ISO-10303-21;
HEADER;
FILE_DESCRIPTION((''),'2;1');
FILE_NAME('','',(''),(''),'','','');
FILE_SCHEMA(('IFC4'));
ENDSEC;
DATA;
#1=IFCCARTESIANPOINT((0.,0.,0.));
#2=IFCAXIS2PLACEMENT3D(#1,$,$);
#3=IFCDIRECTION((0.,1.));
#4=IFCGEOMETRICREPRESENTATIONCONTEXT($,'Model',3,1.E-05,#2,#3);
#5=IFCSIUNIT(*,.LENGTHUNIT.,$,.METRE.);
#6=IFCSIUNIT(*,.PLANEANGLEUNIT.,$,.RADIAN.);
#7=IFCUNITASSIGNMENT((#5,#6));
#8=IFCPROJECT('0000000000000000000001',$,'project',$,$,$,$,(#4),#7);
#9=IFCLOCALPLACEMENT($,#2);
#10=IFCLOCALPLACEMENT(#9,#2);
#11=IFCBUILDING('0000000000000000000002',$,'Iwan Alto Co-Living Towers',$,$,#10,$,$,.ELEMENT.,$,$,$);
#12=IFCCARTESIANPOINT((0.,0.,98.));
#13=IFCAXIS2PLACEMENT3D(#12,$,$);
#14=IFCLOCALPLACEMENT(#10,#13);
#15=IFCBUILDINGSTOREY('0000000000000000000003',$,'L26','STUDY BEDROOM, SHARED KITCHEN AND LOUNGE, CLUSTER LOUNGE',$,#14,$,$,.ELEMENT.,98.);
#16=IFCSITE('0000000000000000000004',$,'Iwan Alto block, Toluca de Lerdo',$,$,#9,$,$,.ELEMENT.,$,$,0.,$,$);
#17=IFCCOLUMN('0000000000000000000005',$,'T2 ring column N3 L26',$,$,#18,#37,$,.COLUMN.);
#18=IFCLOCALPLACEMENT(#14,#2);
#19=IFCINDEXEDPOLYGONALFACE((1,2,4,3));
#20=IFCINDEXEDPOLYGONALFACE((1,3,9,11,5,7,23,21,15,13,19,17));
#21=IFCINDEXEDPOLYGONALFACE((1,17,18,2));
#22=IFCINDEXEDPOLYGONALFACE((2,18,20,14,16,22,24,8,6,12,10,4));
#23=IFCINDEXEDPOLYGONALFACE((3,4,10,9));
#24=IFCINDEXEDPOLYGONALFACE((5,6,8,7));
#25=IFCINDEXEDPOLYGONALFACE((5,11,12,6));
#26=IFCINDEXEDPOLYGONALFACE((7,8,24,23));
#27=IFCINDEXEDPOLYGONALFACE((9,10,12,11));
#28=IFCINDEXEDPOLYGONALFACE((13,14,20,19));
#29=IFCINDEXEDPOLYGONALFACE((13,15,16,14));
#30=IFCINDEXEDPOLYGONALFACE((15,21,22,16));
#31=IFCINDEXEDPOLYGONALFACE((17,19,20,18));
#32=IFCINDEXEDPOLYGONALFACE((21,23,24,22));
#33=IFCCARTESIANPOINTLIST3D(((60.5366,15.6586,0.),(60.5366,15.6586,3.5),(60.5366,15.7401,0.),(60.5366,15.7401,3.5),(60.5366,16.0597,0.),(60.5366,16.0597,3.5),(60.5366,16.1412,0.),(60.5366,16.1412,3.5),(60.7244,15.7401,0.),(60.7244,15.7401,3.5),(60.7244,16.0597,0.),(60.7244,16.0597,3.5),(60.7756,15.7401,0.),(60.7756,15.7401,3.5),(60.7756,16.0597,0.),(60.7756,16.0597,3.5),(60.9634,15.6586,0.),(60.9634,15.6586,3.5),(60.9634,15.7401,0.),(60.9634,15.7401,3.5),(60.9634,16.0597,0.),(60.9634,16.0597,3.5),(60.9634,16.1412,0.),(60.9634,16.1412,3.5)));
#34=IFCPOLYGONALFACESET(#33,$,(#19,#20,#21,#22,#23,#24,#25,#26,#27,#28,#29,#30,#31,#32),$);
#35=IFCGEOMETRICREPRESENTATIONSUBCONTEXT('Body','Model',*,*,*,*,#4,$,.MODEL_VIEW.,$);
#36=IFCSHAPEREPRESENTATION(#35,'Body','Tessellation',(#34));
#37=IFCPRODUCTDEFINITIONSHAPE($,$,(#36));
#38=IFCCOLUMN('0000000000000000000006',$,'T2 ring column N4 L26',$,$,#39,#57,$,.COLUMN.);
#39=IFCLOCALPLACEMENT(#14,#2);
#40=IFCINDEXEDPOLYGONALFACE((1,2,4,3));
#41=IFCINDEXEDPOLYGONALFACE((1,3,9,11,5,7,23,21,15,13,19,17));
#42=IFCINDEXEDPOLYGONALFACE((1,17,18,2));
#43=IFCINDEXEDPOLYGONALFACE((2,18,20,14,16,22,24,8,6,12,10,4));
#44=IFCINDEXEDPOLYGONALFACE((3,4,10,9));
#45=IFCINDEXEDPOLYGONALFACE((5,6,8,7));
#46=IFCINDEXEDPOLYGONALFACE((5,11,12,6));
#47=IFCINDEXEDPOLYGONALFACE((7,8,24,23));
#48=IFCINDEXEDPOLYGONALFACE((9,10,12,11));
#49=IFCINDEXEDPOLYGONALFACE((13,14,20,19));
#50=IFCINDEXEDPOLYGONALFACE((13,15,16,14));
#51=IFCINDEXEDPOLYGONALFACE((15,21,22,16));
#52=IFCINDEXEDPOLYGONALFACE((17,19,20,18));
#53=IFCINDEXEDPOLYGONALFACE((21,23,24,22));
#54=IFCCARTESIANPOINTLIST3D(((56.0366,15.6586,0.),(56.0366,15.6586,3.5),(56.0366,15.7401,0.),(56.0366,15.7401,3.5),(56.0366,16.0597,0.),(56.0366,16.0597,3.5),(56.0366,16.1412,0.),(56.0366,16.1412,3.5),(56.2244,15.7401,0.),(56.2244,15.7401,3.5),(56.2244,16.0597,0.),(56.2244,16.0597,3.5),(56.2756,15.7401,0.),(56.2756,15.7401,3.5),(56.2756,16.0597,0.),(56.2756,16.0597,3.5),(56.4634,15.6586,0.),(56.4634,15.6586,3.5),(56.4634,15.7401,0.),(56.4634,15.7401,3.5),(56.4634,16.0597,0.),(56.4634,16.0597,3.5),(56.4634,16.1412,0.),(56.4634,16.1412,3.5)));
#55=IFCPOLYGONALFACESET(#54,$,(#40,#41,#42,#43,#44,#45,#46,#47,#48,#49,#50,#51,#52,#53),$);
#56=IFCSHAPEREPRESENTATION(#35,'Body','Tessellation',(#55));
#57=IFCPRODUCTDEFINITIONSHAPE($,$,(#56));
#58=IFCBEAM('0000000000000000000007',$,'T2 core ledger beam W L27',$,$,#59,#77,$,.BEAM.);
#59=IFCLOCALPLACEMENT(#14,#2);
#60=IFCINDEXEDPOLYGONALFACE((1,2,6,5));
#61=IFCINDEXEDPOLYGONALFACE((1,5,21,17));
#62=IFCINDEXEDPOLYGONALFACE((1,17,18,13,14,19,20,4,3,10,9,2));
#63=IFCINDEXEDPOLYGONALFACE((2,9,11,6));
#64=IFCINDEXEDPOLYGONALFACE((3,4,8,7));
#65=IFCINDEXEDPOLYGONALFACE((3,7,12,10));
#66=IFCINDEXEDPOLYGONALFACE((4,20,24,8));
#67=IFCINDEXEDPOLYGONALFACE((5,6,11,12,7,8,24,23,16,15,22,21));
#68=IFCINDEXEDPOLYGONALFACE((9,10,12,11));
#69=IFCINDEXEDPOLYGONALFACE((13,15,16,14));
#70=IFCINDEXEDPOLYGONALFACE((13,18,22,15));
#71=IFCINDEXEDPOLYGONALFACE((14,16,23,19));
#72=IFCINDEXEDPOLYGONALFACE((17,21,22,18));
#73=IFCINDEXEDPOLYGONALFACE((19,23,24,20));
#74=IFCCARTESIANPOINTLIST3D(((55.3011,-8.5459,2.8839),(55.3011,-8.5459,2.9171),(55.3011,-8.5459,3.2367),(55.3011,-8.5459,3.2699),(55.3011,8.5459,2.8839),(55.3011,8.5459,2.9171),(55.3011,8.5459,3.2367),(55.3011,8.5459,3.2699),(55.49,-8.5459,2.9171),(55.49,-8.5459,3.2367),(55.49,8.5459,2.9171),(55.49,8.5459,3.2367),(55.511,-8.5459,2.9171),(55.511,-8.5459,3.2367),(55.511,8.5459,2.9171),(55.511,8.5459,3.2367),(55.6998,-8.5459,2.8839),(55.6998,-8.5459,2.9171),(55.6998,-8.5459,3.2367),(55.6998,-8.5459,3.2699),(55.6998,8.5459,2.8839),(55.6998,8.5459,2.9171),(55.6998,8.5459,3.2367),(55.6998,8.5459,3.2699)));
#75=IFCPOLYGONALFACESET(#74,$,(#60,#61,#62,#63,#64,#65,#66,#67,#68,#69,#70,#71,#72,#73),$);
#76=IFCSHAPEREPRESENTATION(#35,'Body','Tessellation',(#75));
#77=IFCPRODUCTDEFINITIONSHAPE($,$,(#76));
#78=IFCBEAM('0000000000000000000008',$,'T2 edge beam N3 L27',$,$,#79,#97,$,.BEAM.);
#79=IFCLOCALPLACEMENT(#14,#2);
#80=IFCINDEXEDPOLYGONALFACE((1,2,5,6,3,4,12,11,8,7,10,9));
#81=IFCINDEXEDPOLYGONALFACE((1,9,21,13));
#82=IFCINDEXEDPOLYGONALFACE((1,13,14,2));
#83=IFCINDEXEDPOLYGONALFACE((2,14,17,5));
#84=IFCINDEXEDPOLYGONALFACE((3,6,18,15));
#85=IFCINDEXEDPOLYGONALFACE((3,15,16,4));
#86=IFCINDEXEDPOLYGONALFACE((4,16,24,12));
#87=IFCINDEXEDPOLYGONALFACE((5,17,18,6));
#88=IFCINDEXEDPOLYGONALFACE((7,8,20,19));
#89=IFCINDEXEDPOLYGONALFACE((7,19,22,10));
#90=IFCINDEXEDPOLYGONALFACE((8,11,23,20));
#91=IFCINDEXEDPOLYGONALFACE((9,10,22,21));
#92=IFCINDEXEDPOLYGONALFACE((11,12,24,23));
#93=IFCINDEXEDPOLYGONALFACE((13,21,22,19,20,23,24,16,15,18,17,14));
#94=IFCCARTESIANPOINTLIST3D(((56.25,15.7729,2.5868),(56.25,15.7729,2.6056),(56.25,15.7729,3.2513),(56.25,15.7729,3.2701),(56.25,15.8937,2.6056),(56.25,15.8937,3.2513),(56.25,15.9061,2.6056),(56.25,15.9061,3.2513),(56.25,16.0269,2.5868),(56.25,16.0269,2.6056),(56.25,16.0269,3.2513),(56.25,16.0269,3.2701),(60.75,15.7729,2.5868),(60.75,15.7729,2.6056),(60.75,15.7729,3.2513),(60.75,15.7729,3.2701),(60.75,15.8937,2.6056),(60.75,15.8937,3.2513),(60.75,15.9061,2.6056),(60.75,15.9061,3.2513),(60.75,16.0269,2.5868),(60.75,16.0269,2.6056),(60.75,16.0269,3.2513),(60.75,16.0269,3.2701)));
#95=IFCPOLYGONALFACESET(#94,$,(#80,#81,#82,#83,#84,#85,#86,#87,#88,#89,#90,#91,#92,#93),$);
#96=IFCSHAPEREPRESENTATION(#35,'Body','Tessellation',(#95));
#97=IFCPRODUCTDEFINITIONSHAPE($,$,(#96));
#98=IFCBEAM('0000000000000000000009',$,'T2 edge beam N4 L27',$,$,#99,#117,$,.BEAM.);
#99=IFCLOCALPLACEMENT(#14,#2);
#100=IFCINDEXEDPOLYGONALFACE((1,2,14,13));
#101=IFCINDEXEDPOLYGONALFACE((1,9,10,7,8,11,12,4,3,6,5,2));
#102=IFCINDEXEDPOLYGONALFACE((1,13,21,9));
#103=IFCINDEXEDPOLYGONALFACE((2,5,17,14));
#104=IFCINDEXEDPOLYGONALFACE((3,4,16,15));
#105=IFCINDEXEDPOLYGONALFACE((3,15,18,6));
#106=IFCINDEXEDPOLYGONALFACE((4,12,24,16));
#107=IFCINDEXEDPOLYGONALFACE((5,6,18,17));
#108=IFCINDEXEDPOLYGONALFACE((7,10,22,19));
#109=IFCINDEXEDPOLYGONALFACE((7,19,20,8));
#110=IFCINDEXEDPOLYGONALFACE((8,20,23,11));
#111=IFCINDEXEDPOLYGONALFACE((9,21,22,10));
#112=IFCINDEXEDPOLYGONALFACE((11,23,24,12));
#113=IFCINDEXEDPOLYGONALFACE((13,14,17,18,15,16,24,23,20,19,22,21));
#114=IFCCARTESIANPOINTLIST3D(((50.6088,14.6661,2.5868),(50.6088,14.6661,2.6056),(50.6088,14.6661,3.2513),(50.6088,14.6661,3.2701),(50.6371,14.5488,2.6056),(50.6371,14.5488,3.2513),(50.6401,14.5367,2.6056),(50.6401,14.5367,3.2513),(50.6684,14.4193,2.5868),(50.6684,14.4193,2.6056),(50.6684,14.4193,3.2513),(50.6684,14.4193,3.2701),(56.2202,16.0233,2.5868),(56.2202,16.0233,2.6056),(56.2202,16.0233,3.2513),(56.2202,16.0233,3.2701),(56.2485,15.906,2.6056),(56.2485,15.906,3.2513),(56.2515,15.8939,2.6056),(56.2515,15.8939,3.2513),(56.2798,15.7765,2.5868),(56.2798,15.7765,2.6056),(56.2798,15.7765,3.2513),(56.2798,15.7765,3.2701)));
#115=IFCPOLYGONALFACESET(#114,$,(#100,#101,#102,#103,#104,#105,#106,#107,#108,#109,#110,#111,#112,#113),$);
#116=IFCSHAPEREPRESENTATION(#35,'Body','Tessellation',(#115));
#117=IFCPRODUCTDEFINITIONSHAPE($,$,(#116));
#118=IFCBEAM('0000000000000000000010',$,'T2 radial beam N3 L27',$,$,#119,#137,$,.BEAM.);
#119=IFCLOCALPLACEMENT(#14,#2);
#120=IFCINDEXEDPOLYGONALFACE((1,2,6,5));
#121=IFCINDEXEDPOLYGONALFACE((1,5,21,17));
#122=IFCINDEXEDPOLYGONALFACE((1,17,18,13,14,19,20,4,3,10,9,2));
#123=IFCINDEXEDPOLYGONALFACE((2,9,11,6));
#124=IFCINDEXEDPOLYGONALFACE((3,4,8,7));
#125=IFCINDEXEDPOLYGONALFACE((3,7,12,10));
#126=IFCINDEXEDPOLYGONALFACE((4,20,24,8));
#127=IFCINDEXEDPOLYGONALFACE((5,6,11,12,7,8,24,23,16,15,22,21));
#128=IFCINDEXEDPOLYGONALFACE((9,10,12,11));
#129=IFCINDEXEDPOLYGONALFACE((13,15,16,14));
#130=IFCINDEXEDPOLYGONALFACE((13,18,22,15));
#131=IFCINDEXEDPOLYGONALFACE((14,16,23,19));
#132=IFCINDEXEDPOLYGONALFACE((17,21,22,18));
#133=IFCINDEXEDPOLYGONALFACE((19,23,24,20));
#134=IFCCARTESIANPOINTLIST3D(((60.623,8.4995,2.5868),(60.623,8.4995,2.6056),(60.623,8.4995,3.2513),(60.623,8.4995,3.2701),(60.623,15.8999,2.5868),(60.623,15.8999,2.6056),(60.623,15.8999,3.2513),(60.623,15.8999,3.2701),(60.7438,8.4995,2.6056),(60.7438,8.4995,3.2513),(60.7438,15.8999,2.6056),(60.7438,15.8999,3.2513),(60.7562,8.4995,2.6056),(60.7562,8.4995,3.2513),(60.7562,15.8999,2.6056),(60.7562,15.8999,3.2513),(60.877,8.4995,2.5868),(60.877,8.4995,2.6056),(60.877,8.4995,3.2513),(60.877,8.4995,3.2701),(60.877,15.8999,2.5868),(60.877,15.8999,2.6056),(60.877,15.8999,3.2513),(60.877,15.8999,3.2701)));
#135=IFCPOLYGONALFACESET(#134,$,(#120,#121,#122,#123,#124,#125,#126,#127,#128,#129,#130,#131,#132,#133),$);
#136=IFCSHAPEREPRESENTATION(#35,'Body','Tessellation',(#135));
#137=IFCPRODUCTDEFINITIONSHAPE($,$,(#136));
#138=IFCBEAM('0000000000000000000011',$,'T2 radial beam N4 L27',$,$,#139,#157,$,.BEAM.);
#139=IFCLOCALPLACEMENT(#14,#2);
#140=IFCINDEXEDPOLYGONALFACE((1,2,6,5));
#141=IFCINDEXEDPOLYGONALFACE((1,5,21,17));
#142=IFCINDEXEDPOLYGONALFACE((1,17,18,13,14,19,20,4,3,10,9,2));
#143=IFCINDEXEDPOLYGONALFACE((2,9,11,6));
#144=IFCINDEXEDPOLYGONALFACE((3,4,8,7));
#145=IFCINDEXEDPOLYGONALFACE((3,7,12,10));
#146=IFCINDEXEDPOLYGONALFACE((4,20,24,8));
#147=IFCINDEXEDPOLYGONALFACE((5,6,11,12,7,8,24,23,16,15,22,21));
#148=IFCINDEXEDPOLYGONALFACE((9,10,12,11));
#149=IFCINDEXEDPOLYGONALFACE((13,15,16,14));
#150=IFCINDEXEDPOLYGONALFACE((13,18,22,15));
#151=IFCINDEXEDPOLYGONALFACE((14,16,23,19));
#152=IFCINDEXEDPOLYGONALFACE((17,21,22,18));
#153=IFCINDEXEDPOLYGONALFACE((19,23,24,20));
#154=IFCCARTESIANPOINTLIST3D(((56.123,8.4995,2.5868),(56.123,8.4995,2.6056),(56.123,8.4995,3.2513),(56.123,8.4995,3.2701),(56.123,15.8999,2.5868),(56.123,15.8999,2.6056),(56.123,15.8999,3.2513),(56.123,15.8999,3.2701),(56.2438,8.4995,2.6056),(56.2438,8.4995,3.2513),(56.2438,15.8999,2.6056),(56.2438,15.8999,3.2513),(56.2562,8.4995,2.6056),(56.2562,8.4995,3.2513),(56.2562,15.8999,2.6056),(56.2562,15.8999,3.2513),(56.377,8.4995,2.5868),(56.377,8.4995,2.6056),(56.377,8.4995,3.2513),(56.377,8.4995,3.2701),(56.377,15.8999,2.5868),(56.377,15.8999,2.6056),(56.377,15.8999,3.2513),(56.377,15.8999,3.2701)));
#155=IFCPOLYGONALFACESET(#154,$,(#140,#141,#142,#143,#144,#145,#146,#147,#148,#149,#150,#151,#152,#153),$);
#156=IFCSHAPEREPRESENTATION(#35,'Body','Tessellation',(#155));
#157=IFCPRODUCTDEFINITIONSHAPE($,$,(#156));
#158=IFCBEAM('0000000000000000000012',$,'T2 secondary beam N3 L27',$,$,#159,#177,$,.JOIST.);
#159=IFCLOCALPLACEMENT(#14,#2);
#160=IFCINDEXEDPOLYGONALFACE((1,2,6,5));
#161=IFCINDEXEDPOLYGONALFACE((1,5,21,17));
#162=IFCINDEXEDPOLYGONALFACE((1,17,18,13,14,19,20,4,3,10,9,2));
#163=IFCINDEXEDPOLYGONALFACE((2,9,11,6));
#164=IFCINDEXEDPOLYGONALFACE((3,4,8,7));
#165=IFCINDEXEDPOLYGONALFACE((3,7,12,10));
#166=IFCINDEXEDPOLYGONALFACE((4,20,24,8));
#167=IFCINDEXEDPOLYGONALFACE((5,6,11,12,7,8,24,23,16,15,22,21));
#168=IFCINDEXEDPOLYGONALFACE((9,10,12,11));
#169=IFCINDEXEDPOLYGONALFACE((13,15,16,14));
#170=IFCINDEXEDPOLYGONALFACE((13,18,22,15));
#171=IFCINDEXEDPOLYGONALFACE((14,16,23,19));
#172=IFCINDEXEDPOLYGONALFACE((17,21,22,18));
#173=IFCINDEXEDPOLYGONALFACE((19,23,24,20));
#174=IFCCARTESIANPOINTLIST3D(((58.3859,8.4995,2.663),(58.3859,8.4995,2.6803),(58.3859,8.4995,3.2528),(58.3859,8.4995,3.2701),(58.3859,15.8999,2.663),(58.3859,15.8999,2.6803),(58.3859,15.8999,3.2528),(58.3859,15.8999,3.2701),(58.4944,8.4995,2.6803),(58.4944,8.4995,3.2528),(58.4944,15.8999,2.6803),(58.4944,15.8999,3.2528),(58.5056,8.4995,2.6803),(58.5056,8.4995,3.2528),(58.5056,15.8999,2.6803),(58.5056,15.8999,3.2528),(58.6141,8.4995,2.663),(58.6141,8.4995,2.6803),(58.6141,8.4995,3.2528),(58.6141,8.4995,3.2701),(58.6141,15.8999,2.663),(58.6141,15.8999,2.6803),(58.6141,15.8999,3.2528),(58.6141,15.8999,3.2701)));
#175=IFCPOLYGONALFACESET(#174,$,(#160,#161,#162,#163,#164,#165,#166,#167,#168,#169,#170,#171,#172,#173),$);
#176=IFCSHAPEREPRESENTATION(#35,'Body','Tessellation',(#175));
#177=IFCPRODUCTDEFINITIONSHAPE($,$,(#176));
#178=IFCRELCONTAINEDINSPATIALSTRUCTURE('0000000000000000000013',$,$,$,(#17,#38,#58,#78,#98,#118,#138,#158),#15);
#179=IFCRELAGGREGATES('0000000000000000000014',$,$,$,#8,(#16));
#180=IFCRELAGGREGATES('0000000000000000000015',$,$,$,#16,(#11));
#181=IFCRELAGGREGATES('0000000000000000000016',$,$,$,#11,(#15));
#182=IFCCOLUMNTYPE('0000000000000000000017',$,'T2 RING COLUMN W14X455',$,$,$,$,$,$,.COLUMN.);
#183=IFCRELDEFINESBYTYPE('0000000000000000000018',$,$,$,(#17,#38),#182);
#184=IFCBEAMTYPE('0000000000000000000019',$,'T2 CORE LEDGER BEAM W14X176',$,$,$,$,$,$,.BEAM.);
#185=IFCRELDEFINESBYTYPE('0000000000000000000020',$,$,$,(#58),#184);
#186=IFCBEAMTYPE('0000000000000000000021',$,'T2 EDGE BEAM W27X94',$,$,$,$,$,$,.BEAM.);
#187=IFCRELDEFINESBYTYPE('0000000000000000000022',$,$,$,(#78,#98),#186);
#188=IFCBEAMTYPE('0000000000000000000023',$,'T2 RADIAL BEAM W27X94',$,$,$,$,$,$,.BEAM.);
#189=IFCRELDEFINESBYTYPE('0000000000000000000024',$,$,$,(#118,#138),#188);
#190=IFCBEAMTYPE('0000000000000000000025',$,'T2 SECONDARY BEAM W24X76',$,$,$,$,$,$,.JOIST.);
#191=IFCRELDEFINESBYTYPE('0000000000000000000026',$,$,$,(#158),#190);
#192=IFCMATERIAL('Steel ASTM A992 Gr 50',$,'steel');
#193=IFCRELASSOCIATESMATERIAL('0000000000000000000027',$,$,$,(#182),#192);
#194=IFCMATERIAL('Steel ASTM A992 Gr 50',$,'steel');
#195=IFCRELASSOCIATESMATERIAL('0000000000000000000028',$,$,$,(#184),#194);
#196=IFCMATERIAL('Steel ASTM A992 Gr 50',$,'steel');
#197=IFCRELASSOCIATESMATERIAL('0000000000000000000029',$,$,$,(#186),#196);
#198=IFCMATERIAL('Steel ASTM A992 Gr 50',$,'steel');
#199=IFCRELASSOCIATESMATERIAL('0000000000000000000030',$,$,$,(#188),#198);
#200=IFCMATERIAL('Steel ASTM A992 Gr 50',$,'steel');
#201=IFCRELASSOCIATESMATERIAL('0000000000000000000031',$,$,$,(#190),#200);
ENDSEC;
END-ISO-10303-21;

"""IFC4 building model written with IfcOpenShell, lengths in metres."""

from ifc_helpers import new_model, si_unit, direction, frame, origin, origin_2d, place, context, subcontext, project, spatial, i_section, extrude, material, material_profile, profile_set, type_object, element, save


model = new_model("IFC4")

# Units and contexts
model_context = context("Model", 3, precision=1e-05, world=origin(), true_north=direction((0.0, 1.0)))
body_context = subcontext(model_context, "Body", "Model", "MODEL_VIEW")
ifc_project = project(units=[si_unit("LENGTHUNIT", "METRE"), si_unit("PLANEANGLEUNIT", "RADIAN")], contexts=[model_context])

# Site, building, storey
site_placement = place(None, origin())
site = spatial("IfcSite", under=ifc_project, at=site_placement, Name="Iwan Alto block, Toluca de Lerdo", CompositionType="ELEMENT", RefElevation=0.0)
building_placement = place(site_placement, origin())
building = spatial("IfcBuilding", under=site, at=building_placement, Name="Iwan Alto Co-Living Towers", CompositionType="ELEMENT")
storey_placement = place(building_placement, frame((0.0, 0.0, 98.0)))
storey = spatial("IfcBuildingStorey", under=building, at=storey_placement, Name="L26", Description="STUDY BEDROOM, SHARED KITCHEN AND LOUNGE, CLUSTER LOUNGE", CompositionType="ELEMENT", Elevation=98.0)

# Columns
ifc_material_1 = material(Name="Steel ASTM A992 Gr 50", Category="steel")
ifc_material_profile_1 = material_profile(ifc_material_1, i_section(OverallWidth=0.4268, OverallDepth=0.4827, WebThickness=0.0513, FlangeThickness=0.0815, at=origin_2d()), Name="W14X455")
ifc_profile_set_1 = profile_set([ifc_material_profile_1], Name="Steel ASTM A992 Gr 50")
column_type = type_object("IfcColumnType", Name="T2 RING COLUMN W14X455", PredefinedType="COLUMN", material=ifc_profile_set_1)
for number, where, z_axis, x_axis, name in (
    (1, (60.75, 15.8999, 0.0), (0.0, 0.0, 1.0), (1.0, 0.0, 0.0), "T2 ring column N3 L26"),
    (2, (56.25, 15.8999, 0.0), (0.0, 0.0, 1.0), (1.0, 0.0, 0.0), "T2 ring column N4 L26"),
):
    element("IfcColumn", number, at=place(storey_placement, frame(where, z_axis=z_axis, x_axis=x_axis)), inside=storey, type_object=column_type, Name=name, PredefinedType="COLUMN", context=body_context, shape_type="SweptSolid", body=[
        extrude(i_section(OverallWidth=0.4268, OverallDepth=0.4827, WebThickness=0.0513, FlangeThickness=0.0815, at=origin_2d()), origin(), (0.0, 0.0, 1.0), 3.5),
    ])

# Beams
ifc_material_2 = material(Name="Steel ASTM A992 Gr 50", Category="steel")
ifc_material_profile_2 = material_profile(ifc_material_2, i_section(OverallWidth=0.3987, OverallDepth=0.386, WebThickness=0.021, FlangeThickness=0.0332, at=origin_2d()), Name="W14X176")
ifc_profile_set_2 = profile_set([ifc_material_profile_2], Name="Steel ASTM A992 Gr 50")
beam_type_1 = type_object("IfcBeamType", Name="T2 CORE LEDGER BEAM W14X176", PredefinedType="BEAM", material=ifc_profile_set_2)
beam_1_placement = place(storey_placement, frame((55.5005, 8.5459, 3.0769), z_axis=(0.0, -1.0, 0.0), x_axis=(1.0, 0.0, 0.0)))
element("IfcBeam", 3, at=beam_1_placement, inside=storey, type_object=beam_type_1, Name="T2 core ledger beam W L27", PredefinedType="BEAM", context=body_context, shape_type="SweptSolid", body=[
    extrude(i_section(OverallWidth=0.3987, OverallDepth=0.386, WebThickness=0.021, FlangeThickness=0.0332, at=origin_2d()), origin(), (0.0, 0.0, 1.0), 17.0918),
])
ifc_material_3 = material(Name="Steel ASTM A992 Gr 50", Category="steel")
ifc_material_profile_3 = material_profile(ifc_material_3, i_section(OverallWidth=0.2539, OverallDepth=0.6833, WebThickness=0.0125, FlangeThickness=0.0188, at=origin_2d()), Name="W27X94")
ifc_profile_set_3 = profile_set([ifc_material_profile_3], Name="Steel ASTM A992 Gr 50")
beam_type_2 = type_object("IfcBeamType", Name="T2 EDGE BEAM W27X94", PredefinedType="BEAM", material=ifc_profile_set_3)
beam_2_placement = place(storey_placement, frame((60.75, 15.8999, 2.9285), z_axis=(-1.0, 0.0, 0.0), x_axis=(0.0, -1.0, 0.0)))
element("IfcBeam", 4, at=beam_2_placement, inside=storey, type_object=beam_type_2, Name="T2 edge beam N3 L27", PredefinedType="BEAM", context=body_context, shape_type="SweptSolid", body=[
    extrude(i_section(OverallWidth=0.2539, OverallDepth=0.6833, WebThickness=0.0125, FlangeThickness=0.0188, at=origin_2d()), origin(), (0.0, 0.0, 1.0), 4.5),
])
beam_3_placement = place(storey_placement, frame((56.25, 15.8999, 2.9285), z_axis=(-0.971975, -0.235086, 0.0), x_axis=(0.235086, -0.971975, 0.0)))
element("IfcBeam", 5, at=beam_3_placement, inside=storey, type_object=beam_type_2, Name="T2 edge beam N4 L27", PredefinedType="BEAM", context=body_context, shape_type="SweptSolid", body=[
    extrude(i_section(OverallWidth=0.2539, OverallDepth=0.6833, WebThickness=0.0125, FlangeThickness=0.0188, at=origin_2d()), origin(), (0.0, 0.0, 1.0), 5.7732),
])
ifc_material_4 = material(Name="Steel ASTM A992 Gr 50", Category="steel")
ifc_material_profile_4 = material_profile(ifc_material_4, i_section(OverallWidth=0.2539, OverallDepth=0.6833, WebThickness=0.0125, FlangeThickness=0.0188, at=origin_2d()), Name="W27X94")
ifc_profile_set_4 = profile_set([ifc_material_profile_4], Name="Steel ASTM A992 Gr 50")
beam_type_3 = type_object("IfcBeamType", Name="T2 RADIAL BEAM W27X94", PredefinedType="BEAM", material=ifc_profile_set_4)
for number, where, z_axis, x_axis, name in (
    (6, (60.75, 15.8999, 2.9285), (0.0, -1.0, 0.0), (1.0, 0.0, 0.0), "T2 radial beam N3 L27"),
    (7, (56.25, 15.8999, 2.9285), (0.0, -1.0, 0.0), (1.0, 0.0, 0.0), "T2 radial beam N4 L27"),
):
    element("IfcBeam", number, at=place(storey_placement, frame(where, z_axis=z_axis, x_axis=x_axis)), inside=storey, type_object=beam_type_3, Name=name, PredefinedType="BEAM", context=body_context, shape_type="SweptSolid", body=[
        extrude(i_section(OverallWidth=0.2539, OverallDepth=0.6833, WebThickness=0.0125, FlangeThickness=0.0188, at=origin_2d()), origin(), (0.0, 0.0, 1.0), 7.4004),
    ])
ifc_material_5 = material(Name="Steel ASTM A992 Gr 50", Category="steel")
ifc_material_profile_5 = material_profile(ifc_material_5, i_section(OverallWidth=0.2283, OverallDepth=0.6072, WebThickness=0.0112, FlangeThickness=0.0173, at=origin_2d()), Name="W24X76")
ifc_profile_set_5 = profile_set([ifc_material_profile_5], Name="Steel ASTM A992 Gr 50")
beam_type_4 = type_object("IfcBeamType", Name="T2 SECONDARY BEAM W24X76", PredefinedType="JOIST", material=ifc_profile_set_5)
beam_4_placement = place(storey_placement, frame((58.5, 15.8999, 2.9666), z_axis=(0.0, -1.0, 0.0), x_axis=(1.0, 0.0, 0.0)))
element("IfcBeam", 8, at=beam_4_placement, inside=storey, type_object=beam_type_4, Name="T2 secondary beam N3 L27", PredefinedType="JOIST", context=body_context, shape_type="SweptSolid", body=[
    extrude(i_section(OverallWidth=0.2283, OverallDepth=0.6072, WebThickness=0.0112, FlangeThickness=0.0173, at=origin_2d()), origin(), (0.0, 0.0, 1.0), 7.4004),
])

save(model, "model.ifc")
